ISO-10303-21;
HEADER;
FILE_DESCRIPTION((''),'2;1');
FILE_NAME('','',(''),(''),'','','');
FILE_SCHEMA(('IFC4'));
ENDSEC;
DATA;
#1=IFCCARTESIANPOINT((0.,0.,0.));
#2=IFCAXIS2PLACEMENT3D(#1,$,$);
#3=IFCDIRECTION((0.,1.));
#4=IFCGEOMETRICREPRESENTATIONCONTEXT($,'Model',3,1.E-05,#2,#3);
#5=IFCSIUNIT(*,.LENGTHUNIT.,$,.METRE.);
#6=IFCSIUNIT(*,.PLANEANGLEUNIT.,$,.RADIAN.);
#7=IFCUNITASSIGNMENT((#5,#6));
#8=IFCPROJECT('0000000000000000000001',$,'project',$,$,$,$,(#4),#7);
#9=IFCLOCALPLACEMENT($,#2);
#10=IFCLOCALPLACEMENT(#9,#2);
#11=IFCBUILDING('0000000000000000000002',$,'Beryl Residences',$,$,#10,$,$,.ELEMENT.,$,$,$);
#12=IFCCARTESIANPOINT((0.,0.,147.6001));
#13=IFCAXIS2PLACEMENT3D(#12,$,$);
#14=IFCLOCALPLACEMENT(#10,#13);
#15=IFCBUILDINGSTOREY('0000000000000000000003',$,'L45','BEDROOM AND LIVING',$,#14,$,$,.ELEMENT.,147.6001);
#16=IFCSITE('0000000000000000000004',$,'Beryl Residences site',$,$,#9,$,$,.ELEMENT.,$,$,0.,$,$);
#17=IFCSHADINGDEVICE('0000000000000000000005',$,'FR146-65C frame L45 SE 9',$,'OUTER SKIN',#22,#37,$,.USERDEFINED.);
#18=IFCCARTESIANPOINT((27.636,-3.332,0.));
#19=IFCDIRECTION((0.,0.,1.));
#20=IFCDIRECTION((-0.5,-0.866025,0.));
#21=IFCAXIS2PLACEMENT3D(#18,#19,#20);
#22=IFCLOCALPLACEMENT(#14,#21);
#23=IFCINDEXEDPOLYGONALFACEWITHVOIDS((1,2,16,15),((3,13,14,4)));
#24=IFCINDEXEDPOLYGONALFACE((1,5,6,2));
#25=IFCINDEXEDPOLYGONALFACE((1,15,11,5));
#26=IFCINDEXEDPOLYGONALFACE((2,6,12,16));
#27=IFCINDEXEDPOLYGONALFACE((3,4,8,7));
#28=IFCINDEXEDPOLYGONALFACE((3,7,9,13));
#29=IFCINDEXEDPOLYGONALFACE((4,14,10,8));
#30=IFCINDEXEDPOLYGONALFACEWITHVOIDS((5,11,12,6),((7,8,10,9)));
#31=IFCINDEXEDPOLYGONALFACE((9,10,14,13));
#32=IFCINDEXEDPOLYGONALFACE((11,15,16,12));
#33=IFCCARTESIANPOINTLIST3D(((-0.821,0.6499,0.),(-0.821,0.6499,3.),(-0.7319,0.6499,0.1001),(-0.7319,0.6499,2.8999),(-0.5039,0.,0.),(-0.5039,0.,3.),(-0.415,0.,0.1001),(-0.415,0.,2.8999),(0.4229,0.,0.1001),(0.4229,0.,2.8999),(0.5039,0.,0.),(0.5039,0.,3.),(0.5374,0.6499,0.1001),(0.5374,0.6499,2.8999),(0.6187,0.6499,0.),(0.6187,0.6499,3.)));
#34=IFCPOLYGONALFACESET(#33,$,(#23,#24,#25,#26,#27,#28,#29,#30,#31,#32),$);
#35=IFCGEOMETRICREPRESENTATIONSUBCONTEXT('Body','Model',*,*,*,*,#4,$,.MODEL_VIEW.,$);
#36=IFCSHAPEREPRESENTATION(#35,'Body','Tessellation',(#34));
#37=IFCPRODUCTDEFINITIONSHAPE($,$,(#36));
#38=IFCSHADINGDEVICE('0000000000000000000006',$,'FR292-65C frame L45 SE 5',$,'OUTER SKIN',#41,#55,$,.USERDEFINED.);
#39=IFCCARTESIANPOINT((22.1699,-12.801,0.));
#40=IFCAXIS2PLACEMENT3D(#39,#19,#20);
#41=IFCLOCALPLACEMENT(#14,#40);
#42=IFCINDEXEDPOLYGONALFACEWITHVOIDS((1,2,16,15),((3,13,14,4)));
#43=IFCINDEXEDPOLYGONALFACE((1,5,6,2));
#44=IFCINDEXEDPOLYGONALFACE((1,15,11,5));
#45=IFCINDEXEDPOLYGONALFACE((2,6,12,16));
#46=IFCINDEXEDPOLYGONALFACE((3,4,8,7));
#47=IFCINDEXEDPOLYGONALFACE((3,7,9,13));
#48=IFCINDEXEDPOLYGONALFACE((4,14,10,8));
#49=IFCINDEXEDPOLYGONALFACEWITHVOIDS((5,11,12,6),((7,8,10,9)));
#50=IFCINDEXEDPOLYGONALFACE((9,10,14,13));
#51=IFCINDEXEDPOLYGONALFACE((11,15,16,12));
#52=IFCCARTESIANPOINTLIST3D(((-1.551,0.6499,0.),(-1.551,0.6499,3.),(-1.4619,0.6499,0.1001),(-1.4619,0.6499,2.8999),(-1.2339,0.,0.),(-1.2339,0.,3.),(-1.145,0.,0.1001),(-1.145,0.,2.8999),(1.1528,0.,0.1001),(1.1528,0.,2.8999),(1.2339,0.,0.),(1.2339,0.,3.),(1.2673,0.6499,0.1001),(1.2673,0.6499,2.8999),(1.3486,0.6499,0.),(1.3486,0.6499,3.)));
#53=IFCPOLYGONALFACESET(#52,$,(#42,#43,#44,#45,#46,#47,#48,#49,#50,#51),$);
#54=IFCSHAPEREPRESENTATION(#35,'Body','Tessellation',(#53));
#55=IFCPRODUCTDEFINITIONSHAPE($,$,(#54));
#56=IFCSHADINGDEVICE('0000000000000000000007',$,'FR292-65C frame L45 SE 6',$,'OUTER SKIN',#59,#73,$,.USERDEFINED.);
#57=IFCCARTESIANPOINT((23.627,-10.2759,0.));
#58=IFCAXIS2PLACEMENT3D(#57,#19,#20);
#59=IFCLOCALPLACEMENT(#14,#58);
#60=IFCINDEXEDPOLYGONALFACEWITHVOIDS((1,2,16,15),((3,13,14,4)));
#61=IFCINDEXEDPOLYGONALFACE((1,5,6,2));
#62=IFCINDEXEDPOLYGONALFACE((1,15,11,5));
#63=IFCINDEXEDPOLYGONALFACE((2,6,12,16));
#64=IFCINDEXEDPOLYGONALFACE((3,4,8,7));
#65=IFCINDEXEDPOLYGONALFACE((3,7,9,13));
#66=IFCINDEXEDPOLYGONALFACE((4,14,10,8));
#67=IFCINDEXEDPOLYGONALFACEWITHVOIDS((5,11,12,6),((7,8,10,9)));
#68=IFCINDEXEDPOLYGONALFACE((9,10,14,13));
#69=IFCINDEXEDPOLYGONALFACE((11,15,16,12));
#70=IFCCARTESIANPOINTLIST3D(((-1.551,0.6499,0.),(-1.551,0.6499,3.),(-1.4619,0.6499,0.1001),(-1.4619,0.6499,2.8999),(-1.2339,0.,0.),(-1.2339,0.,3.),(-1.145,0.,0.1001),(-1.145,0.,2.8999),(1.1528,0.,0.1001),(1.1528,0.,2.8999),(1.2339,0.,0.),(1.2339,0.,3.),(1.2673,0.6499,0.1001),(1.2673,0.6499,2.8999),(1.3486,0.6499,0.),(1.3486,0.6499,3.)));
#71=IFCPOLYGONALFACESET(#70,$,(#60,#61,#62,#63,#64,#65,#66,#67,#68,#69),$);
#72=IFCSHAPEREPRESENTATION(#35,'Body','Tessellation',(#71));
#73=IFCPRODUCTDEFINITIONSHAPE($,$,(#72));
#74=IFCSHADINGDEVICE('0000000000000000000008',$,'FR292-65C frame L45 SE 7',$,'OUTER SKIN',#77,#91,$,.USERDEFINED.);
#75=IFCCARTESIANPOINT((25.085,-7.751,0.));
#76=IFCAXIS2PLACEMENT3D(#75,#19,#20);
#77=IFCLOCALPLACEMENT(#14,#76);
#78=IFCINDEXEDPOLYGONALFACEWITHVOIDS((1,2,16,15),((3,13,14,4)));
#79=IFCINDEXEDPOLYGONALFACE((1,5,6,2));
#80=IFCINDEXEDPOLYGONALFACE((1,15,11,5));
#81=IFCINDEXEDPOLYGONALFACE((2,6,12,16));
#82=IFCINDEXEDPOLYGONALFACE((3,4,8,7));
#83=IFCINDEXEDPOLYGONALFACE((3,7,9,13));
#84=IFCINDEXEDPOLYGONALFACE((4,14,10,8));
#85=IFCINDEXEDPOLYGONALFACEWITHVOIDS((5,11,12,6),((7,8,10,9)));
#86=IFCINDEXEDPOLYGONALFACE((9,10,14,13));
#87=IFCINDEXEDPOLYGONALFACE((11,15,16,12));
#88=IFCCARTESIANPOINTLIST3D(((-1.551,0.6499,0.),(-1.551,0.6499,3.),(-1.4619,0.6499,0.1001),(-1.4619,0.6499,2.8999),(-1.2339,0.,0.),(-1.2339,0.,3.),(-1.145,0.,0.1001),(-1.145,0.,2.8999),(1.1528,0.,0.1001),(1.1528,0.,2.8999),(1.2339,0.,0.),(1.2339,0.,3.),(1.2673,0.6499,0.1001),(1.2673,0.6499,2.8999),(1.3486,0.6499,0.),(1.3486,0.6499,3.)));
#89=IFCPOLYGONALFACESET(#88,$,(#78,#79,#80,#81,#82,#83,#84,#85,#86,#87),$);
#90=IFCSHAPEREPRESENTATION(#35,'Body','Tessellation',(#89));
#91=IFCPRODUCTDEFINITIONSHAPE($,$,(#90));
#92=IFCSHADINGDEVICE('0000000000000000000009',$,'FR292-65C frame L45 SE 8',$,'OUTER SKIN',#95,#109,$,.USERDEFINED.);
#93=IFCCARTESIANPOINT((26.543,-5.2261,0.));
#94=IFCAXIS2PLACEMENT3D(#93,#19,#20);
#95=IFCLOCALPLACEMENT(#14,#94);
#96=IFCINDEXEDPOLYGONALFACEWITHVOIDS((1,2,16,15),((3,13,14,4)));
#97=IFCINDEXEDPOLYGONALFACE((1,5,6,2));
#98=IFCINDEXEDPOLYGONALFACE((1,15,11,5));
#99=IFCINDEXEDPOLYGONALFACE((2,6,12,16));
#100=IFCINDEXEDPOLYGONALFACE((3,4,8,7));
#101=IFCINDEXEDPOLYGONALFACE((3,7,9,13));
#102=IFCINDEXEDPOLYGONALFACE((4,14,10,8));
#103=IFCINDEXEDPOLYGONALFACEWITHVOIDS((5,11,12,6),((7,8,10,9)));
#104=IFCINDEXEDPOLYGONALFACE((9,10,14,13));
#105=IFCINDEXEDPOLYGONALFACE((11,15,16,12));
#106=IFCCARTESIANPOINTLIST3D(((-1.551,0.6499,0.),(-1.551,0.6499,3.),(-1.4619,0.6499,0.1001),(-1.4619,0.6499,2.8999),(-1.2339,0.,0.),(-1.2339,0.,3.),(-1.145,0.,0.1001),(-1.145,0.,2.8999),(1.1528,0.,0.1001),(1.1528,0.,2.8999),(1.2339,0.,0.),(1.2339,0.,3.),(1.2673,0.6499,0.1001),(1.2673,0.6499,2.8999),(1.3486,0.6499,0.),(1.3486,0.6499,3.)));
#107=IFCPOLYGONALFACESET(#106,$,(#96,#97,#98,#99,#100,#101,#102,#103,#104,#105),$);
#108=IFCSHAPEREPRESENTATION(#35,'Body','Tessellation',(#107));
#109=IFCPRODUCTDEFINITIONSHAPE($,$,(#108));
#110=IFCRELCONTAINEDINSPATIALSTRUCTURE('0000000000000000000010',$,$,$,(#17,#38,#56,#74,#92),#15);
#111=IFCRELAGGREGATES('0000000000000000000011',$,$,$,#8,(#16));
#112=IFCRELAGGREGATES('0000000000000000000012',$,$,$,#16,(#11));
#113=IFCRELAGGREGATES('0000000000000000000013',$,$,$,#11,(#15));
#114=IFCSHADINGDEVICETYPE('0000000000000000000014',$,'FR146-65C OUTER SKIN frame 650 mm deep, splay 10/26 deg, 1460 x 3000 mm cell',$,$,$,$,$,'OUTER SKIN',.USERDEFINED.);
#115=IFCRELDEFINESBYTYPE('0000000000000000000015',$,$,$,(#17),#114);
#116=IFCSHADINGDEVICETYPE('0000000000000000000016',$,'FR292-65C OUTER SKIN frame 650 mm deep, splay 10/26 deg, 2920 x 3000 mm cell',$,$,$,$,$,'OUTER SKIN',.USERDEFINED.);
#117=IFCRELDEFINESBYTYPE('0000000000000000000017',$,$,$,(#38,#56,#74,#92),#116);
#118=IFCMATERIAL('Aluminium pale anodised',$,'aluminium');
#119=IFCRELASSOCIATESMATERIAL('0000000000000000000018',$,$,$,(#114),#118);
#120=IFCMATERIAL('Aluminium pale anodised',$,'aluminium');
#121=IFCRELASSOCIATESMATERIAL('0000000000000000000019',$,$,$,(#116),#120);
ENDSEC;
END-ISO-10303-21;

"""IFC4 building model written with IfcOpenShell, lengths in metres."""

from ifc_helpers import new_model, entity, si_unit, direction, frame, origin, place, context, subcontext, project, spatial, source, transform, mapped, material, type_object, type_shapes, element, save


model = new_model("IFC4")

# Units and contexts
model_context = context("Model", 3, precision=1e-05, world=origin(), true_north=direction((0.0, 1.0)))
body_context = subcontext(model_context, "Body", "Model", "MODEL_VIEW")
ifc_project = project(units=[si_unit("LENGTHUNIT", "METRE"), si_unit("PLANEANGLEUNIT", "RADIAN")], contexts=[model_context])

# Site, building, storey
site_placement = place(None, origin())
site = spatial("IfcSite", under=ifc_project, at=site_placement, Name="Beryl Residences site", CompositionType="ELEMENT", RefElevation=0.0)
building_placement = place(site_placement, origin())
building = spatial("IfcBuilding", under=site, at=building_placement, Name="Beryl Residences", CompositionType="ELEMENT")
storey_placement = place(building_placement, frame((0.0, 0.0, 147.6001)))
storey = spatial("IfcBuildingStorey", under=building, at=storey_placement, Name="L45", Description="BEDROOM AND LIVING", CompositionType="ELEMENT", Elevation=147.6001)

# Shading devices
ifc_material_1 = material(Name="Aluminium pale anodised", Category="aluminium")
shading_device_type_1 = type_object("IfcShadingDeviceType", Name="FR146-65C OUTER SKIN frame 650 mm deep, splay 10/26 deg, 1460 x 3000 mm cell", ElementType="OUTER SKIN", PredefinedType="USERDEFINED", material=ifc_material_1)
cartesian_point_1 = entity("IfcCartesianPoint", [-0.5039, 0.0])
cartesian_point_2 = entity("IfcCartesianPoint", [-0.4229, 0.1001])
cartesian_point_3 = entity("IfcCartesianPoint", [-0.6187, 0.0])
cartesian_point_4 = entity("IfcCartesianPoint", [-0.5374, 0.1001])
shared_shape_1 = source(origin(), body_context, "Body", "SweptSolid", [
    entity("IfcExtrudedAreaSolidTapered", entity("IfcArbitraryProfileDefWithVoids", "AREA", None, entity("IfcPolyline", [cartesian_point_1, entity("IfcCartesianPoint", [0.5039, 0.0]), entity("IfcCartesianPoint", [0.5039, 3.0]), entity("IfcCartesianPoint", [-0.5039, 3.0]), cartesian_point_1]), [entity("IfcPolyline", [cartesian_point_2, entity("IfcCartesianPoint", [0.415, 0.1001]), entity("IfcCartesianPoint", [0.415, 2.8999]), entity("IfcCartesianPoint", [-0.4229, 2.8999]), cartesian_point_2])]), entity("IfcAxis2Placement3D", entity("IfcCartesianPoint", [0.0, 0.0, 0.0]), entity("IfcDirection", [0.0, 1.0, 0.0]), entity("IfcDirection", [-1.0, 0.0, 0.0])), entity("IfcDirection", [0.0, 0.0, 1.0]), 0.6499, entity("IfcArbitraryProfileDefWithVoids", "AREA", None, entity("IfcPolyline", [cartesian_point_3, entity("IfcCartesianPoint", [0.821, 0.0]), entity("IfcCartesianPoint", [0.821, 3.0]), entity("IfcCartesianPoint", [-0.6187, 3.0]), cartesian_point_3]), [entity("IfcPolyline", [cartesian_point_4, entity("IfcCartesianPoint", [0.7319, 0.1001]), entity("IfcCartesianPoint", [0.7319, 2.8999]), entity("IfcCartesianPoint", [-0.5374, 2.8999]), cartesian_point_4])])),
])
type_shapes(shading_device_type_1, [shared_shape_1])
shading_device_placement = place(storey_placement, frame((27.636, -3.332, 0.0), z_axis=(0.0, 0.0, 1.0), x_axis=(-0.5, -0.866025, 0.0)))
element("IfcShadingDevice", 1, at=shading_device_placement, inside=storey, type_object=shading_device_type_1, Name="FR146-65C frame L45 SE 9", ObjectType="OUTER SKIN", PredefinedType="USERDEFINED", context=body_context, shape_type="MappedRepresentation", body=[
    mapped(shared_shape_1, transform((0.0, 0.0, 0.0))),
])
ifc_material_2 = material(Name="Aluminium pale anodised", Category="aluminium")
shading_device_type_2 = type_object("IfcShadingDeviceType", Name="FR292-65C OUTER SKIN frame 650 mm deep, splay 10/26 deg, 2920 x 3000 mm cell", ElementType="OUTER SKIN", PredefinedType="USERDEFINED", material=ifc_material_2)
cartesian_point_5 = entity("IfcCartesianPoint", [-1.2339, 0.0])
cartesian_point_6 = entity("IfcCartesianPoint", [-1.1528, 0.1001])
cartesian_point_7 = entity("IfcCartesianPoint", [-1.3486, 0.0])
cartesian_point_8 = entity("IfcCartesianPoint", [-1.2673, 0.1001])
shared_shape_2 = source(origin(), body_context, "Body", "SweptSolid", [
    entity("IfcExtrudedAreaSolidTapered", entity("IfcArbitraryProfileDefWithVoids", "AREA", None, entity("IfcPolyline", [cartesian_point_5, entity("IfcCartesianPoint", [1.2339, 0.0]), entity("IfcCartesianPoint", [1.2339, 3.0]), entity("IfcCartesianPoint", [-1.2339, 3.0]), cartesian_point_5]), [entity("IfcPolyline", [cartesian_point_6, entity("IfcCartesianPoint", [1.145, 0.1001]), entity("IfcCartesianPoint", [1.145, 2.8999]), entity("IfcCartesianPoint", [-1.1528, 2.8999]), cartesian_point_6])]), entity("IfcAxis2Placement3D", entity("IfcCartesianPoint", [0.0, 0.0, 0.0]), entity("IfcDirection", [0.0, 1.0, 0.0]), entity("IfcDirection", [-1.0, 0.0, 0.0])), entity("IfcDirection", [0.0, 0.0, 1.0]), 0.6499, entity("IfcArbitraryProfileDefWithVoids", "AREA", None, entity("IfcPolyline", [cartesian_point_7, entity("IfcCartesianPoint", [1.551, 0.0]), entity("IfcCartesianPoint", [1.551, 3.0]), entity("IfcCartesianPoint", [-1.3486, 3.0]), cartesian_point_7]), [entity("IfcPolyline", [cartesian_point_8, entity("IfcCartesianPoint", [1.4619, 0.1001]), entity("IfcCartesianPoint", [1.4619, 2.8999]), entity("IfcCartesianPoint", [-1.2673, 2.8999]), cartesian_point_8])])),
])
type_shapes(shading_device_type_2, [shared_shape_2])
for number, where, z_axis, x_axis, name in (
    (2, (22.1699, -12.801, 0.0), (0.0, 0.0, 1.0), (-0.5, -0.866025, 0.0), "FR292-65C frame L45 SE 5"),
    (3, (23.627, -10.2759, 0.0), (0.0, 0.0, 1.0), (-0.5, -0.866025, 0.0), "FR292-65C frame L45 SE 6"),
    (4, (25.085, -7.751, 0.0), (0.0, 0.0, 1.0), (-0.5, -0.866025, 0.0), "FR292-65C frame L45 SE 7"),
    (5, (26.543, -5.2261, 0.0), (0.0, 0.0, 1.0), (-0.5, -0.866025, 0.0), "FR292-65C frame L45 SE 8"),
):
    element("IfcShadingDevice", number, at=place(storey_placement, frame(where, z_axis=z_axis, x_axis=x_axis)), inside=storey, type_object=shading_device_type_2, Name=name, ObjectType="OUTER SKIN", PredefinedType="USERDEFINED", context=body_context, shape_type="MappedRepresentation", body=[
        mapped(shared_shape_2, transform((0.0, 0.0, 0.0))),
    ])

save(model, "model.ifc")
